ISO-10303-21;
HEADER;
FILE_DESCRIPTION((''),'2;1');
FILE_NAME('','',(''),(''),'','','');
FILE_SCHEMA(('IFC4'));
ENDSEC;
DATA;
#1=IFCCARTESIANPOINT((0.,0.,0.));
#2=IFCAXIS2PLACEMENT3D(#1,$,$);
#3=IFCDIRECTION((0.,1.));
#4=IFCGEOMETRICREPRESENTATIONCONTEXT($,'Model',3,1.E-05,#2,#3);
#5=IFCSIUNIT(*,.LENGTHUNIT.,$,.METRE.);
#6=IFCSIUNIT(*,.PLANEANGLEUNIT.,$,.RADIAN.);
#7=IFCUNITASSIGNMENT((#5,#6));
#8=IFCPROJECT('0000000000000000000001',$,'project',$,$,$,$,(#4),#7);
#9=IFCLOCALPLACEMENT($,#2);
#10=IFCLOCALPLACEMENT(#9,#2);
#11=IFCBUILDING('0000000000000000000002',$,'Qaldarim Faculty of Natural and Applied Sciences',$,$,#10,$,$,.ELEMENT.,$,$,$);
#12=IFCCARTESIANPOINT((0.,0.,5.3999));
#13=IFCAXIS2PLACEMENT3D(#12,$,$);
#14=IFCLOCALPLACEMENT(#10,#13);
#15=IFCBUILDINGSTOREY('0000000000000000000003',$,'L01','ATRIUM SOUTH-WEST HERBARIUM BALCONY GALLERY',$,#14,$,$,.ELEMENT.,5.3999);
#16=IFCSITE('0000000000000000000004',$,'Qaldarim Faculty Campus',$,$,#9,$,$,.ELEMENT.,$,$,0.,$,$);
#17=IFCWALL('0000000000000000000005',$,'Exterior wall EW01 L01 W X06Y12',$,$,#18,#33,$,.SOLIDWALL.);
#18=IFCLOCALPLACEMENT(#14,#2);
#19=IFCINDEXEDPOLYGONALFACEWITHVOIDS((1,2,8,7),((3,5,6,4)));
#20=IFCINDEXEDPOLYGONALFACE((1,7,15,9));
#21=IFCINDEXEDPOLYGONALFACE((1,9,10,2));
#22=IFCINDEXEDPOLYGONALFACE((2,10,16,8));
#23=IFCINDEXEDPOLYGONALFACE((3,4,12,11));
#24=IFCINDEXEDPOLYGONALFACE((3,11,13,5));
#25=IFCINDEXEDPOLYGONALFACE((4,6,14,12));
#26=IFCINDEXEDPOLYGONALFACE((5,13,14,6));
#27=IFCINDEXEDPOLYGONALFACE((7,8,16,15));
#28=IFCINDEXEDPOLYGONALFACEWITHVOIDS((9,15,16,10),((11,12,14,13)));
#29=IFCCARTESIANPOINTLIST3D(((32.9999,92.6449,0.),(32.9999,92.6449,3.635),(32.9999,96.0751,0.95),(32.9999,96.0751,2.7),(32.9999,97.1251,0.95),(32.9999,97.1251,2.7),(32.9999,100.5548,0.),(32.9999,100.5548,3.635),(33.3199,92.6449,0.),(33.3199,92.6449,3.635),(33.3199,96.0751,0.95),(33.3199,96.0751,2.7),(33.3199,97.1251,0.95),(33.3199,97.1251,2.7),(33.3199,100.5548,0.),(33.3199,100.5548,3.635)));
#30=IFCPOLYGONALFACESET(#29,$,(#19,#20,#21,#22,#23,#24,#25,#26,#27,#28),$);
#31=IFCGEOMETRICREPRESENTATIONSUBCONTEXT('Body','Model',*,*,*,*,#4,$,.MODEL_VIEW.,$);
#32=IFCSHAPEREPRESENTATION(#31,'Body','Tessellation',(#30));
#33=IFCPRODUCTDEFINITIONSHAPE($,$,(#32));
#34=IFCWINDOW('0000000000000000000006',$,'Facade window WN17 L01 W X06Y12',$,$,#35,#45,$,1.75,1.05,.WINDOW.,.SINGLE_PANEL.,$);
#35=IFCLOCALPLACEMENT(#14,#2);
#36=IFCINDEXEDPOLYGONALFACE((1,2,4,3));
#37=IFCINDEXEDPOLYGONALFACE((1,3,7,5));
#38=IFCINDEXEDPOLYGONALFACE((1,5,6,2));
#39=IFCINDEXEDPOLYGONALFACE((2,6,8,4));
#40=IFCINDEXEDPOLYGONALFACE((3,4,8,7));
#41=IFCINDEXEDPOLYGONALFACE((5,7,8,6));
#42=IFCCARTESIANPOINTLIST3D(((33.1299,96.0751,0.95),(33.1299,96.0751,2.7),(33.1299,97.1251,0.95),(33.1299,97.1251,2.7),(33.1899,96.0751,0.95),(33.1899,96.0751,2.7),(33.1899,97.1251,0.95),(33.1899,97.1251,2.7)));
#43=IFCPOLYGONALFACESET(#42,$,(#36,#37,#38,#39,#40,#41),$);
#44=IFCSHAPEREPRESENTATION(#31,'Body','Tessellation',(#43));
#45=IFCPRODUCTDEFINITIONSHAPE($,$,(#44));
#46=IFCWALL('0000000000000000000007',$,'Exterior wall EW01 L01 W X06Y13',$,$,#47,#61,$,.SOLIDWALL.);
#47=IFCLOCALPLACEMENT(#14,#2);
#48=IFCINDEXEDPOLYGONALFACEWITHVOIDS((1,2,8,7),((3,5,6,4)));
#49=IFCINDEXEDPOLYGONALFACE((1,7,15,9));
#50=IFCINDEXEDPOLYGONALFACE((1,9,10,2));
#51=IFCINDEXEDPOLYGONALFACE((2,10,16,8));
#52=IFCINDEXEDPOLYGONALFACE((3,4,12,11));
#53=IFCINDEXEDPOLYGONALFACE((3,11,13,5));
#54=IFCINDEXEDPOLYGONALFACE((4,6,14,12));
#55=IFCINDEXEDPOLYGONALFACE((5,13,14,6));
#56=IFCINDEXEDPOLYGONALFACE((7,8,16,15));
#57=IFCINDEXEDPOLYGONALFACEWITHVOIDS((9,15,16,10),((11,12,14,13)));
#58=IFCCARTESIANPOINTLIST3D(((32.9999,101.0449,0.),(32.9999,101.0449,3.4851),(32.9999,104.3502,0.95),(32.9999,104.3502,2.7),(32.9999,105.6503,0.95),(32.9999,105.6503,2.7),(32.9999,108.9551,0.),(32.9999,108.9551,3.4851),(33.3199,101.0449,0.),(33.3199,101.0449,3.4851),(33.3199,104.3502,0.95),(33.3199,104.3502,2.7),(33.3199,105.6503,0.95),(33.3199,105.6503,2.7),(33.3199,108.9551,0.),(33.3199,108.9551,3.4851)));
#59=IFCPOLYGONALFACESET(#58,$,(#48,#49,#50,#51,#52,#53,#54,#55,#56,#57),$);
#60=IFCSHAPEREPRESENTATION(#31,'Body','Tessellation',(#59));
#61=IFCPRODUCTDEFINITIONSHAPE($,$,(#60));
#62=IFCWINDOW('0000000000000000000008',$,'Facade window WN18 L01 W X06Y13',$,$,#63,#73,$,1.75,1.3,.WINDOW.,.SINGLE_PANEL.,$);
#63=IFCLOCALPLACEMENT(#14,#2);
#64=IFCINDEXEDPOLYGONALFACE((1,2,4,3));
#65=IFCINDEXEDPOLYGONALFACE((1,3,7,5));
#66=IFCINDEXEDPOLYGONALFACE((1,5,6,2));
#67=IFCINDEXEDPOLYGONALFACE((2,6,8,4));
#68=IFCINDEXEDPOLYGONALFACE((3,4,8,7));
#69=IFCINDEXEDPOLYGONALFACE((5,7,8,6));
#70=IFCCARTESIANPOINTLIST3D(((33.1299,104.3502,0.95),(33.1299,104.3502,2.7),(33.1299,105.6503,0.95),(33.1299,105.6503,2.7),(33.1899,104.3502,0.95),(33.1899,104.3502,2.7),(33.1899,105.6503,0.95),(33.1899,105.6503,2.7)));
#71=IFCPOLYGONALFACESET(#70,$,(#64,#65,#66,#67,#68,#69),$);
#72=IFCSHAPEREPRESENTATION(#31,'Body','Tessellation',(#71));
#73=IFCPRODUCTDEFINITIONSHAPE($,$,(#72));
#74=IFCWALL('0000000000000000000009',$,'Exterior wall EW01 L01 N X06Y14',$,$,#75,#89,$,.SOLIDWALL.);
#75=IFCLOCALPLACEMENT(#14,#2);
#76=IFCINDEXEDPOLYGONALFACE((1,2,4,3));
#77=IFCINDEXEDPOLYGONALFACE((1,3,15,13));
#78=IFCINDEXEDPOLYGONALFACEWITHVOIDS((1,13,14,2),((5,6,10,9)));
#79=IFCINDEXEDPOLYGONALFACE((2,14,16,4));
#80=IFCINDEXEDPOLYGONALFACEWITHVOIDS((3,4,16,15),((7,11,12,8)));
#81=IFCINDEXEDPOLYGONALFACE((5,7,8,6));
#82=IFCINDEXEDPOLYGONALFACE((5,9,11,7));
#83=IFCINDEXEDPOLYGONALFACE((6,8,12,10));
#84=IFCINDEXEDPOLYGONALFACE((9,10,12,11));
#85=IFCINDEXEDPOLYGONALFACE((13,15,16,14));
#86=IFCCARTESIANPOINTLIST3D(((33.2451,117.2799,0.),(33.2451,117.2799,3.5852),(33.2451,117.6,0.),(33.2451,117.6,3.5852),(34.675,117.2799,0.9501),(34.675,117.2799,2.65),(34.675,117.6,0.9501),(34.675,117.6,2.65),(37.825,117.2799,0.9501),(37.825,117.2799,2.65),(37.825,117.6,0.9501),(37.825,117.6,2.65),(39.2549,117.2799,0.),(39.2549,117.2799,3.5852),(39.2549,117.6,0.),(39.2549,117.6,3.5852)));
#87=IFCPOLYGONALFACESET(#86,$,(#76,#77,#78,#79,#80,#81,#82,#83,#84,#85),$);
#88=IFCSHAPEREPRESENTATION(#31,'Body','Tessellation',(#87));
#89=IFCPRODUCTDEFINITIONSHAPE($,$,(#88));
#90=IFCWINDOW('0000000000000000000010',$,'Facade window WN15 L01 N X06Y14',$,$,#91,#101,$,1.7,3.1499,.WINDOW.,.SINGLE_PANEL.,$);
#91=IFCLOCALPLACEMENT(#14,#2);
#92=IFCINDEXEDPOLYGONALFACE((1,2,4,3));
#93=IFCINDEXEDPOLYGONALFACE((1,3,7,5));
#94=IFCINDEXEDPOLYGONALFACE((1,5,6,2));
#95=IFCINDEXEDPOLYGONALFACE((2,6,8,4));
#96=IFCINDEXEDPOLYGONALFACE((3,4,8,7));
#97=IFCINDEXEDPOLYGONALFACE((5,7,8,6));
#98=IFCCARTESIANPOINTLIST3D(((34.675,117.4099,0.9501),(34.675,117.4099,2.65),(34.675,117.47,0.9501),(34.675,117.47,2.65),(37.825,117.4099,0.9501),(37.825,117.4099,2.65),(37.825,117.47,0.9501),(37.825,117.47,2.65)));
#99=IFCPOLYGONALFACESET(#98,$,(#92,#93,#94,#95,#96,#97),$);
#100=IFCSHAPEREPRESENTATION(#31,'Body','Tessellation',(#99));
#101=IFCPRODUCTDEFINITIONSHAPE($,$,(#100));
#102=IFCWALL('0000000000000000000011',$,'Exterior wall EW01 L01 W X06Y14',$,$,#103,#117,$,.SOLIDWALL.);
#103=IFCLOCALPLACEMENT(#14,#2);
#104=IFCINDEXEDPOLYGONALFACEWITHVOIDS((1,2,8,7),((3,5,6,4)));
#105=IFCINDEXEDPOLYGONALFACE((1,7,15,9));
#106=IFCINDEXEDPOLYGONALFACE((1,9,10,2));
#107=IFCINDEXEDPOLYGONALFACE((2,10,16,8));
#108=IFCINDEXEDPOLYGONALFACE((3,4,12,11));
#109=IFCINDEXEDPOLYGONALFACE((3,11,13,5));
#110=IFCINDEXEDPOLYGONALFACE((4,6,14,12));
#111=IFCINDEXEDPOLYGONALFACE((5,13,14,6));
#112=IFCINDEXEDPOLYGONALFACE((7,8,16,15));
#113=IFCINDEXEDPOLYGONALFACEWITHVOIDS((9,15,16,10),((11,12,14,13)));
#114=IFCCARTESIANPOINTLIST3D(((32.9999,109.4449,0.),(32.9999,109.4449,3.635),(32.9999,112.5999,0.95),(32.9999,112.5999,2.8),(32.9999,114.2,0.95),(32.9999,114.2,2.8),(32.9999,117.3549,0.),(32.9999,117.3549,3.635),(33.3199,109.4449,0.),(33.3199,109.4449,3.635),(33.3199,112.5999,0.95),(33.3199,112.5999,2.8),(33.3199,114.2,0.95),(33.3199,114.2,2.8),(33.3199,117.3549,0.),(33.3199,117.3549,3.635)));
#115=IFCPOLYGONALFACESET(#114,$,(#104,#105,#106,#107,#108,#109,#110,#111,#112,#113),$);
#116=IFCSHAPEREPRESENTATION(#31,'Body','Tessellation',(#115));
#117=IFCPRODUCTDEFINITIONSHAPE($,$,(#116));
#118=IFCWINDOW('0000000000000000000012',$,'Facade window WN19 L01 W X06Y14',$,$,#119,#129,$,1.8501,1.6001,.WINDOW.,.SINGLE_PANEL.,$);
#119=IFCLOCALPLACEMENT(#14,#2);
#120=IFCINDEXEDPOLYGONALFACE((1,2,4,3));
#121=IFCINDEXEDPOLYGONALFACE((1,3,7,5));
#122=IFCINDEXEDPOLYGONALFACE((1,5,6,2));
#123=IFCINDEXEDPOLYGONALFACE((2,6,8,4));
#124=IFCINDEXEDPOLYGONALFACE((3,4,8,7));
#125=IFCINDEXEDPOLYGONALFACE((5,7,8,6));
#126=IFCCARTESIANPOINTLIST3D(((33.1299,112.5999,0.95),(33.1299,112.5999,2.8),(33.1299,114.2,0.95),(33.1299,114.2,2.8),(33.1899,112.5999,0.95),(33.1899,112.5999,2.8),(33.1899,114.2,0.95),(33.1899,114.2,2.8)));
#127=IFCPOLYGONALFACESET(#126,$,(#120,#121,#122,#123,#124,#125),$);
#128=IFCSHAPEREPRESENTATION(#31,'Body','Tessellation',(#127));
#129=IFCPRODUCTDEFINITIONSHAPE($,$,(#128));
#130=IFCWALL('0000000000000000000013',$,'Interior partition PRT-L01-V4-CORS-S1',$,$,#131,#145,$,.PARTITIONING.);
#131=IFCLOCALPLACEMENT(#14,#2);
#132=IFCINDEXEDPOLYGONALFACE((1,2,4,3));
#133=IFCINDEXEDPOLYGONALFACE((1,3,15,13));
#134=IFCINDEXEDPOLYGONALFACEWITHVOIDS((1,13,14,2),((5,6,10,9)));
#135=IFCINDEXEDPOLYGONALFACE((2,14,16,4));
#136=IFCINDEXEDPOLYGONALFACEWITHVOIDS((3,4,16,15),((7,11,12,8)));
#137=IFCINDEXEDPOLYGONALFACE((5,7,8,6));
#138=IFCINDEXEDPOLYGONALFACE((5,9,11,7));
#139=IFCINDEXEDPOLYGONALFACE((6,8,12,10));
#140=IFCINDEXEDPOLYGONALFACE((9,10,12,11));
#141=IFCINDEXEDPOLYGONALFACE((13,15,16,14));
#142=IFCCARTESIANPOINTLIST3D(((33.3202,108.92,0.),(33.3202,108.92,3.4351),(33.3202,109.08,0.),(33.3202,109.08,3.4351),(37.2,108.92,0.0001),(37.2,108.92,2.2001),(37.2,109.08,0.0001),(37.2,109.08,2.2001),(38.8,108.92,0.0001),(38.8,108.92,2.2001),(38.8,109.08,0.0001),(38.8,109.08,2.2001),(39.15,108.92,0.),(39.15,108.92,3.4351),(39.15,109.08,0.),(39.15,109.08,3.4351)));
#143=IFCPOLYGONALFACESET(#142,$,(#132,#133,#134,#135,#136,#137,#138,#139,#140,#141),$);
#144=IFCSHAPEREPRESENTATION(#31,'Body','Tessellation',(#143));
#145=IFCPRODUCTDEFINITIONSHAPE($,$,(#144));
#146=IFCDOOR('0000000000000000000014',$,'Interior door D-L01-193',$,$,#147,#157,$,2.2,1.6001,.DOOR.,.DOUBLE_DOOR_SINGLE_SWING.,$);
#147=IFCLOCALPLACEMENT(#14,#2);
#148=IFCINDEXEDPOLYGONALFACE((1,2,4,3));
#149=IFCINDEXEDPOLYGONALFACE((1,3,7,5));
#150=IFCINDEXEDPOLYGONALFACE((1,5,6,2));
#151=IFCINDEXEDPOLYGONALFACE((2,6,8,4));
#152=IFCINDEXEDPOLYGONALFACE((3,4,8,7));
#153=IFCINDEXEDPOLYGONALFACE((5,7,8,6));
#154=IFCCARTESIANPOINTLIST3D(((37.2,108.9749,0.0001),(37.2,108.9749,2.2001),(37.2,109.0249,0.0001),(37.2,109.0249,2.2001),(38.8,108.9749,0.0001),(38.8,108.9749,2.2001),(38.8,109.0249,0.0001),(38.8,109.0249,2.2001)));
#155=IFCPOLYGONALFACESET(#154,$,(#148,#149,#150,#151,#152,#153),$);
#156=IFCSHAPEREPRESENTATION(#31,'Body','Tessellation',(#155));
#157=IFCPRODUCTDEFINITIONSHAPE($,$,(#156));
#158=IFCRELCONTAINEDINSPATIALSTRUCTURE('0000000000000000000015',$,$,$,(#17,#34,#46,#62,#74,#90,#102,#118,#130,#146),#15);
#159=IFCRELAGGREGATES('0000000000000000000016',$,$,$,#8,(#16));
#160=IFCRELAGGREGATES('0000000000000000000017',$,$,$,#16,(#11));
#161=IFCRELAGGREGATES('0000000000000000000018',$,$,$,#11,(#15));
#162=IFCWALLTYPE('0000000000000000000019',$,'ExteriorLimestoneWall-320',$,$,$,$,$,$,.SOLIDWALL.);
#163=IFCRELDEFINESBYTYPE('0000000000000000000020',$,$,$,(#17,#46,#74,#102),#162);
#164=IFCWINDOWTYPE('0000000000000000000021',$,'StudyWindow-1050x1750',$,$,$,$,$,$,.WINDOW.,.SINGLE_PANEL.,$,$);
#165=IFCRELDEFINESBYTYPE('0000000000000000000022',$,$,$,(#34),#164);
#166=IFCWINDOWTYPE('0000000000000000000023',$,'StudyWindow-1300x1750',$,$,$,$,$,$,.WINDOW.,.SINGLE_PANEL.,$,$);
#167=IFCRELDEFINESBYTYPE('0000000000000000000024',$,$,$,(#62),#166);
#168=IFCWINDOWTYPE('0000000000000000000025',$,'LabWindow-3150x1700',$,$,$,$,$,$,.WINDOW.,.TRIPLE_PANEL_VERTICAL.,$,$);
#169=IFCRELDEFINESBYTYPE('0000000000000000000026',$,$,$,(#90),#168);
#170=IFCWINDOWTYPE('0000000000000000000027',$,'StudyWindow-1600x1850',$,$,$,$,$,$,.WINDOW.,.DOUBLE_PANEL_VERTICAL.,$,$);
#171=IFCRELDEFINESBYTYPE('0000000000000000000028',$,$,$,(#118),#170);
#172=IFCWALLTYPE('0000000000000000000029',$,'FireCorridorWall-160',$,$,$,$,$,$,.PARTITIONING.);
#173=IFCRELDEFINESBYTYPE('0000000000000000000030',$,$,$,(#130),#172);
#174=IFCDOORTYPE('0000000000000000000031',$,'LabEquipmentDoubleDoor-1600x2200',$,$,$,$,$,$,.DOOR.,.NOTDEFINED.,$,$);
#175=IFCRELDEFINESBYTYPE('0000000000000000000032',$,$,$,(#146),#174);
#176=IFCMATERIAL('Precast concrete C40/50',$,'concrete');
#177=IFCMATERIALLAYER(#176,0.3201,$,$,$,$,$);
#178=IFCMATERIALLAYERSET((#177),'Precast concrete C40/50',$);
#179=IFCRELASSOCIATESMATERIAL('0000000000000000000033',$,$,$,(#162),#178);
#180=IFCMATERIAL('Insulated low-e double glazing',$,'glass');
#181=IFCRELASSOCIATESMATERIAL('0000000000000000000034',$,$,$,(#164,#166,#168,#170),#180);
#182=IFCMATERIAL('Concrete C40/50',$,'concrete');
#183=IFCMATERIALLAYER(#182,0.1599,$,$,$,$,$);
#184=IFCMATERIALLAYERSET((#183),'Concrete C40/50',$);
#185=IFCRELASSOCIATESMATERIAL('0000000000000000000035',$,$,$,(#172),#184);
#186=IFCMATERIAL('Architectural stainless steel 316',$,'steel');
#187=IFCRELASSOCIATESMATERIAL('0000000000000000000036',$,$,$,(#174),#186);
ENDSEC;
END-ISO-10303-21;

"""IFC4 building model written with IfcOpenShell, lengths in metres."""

from ifc_helpers import new_model, si_unit, direction, frame, frame_2d, origin, place, context, subcontext, project, spatial, rectangle, extrude, material, layer, layer_set, type_object, element, fill, save


model = new_model("IFC4")

# Units and contexts
model_context = context("Model", 3, precision=1e-05, world=origin(), true_north=direction((0.0, 1.0)))
body_context = subcontext(model_context, "Body", "Model", "MODEL_VIEW")
ifc_project = project(units=[si_unit("LENGTHUNIT", "METRE"), si_unit("PLANEANGLEUNIT", "RADIAN")], contexts=[model_context])

# Site, building, storey
site_placement = place(None, origin())
site = spatial("IfcSite", under=ifc_project, at=site_placement, Name="Qaldarim Faculty Campus", CompositionType="ELEMENT", RefElevation=0.0)
building_placement = place(site_placement, origin())
building = spatial("IfcBuilding", under=site, at=building_placement, Name="Qaldarim Faculty of Natural and Applied Sciences", CompositionType="ELEMENT")
storey_placement = place(building_placement, frame((0.0, 0.0, 5.3999)))
storey = spatial("IfcBuildingStorey", under=building, at=storey_placement, Name="L01", Description="ATRIUM SOUTH-WEST HERBARIUM BALCONY GALLERY", CompositionType="ELEMENT", Elevation=5.3999)

# Shared definitions
ifc_material_1 = material(Name="Concrete C40/50", Category="concrete")

# Walls, openings, windows
ifc_material_2 = material(Name="Precast concrete C40/50", Category="concrete")
ifc_layer_1 = layer(ifc_material_2, 0.3201)
ifc_layer_set_1 = layer_set([ifc_layer_1], Name="Precast concrete C40/50")
wall_type_1 = type_object("IfcWallType", Name="ExteriorLimestoneWall-320", PredefinedType="SOLIDWALL", material=ifc_layer_set_1)
wall_1_placement = place(storey_placement, frame((33.1599, 100.5549, 0.0), z_axis=(0.0, 0.0, 1.0), x_axis=(0.0, -1.0, 0.0)))
wall_1 = element("IfcWall", 1, at=wall_1_placement, inside=storey, type_object=wall_type_1, Name="Exterior wall EW01 L01 W X06Y12", PredefinedType="SOLIDWALL", context=body_context, shape_type="SweptSolid", body=[
    extrude(rectangle(XDim=7.9099, YDim=0.3201, at=frame_2d((3.9551, 0.0))), origin(), (0.0, 0.0, 1.0), 3.635),
])
opening_1_placement = place(wall_1_placement, frame((3.4299, 0.0, 0.95)))
opening_1 = element("IfcOpeningElement", 2, at=opening_1_placement, cuts=wall_1, PredefinedType="OPENING", context=body_context, shape_type="SweptSolid", body=[
    extrude(rectangle(XDim=1.05, YDim=1.75, at=frame_2d((0.5249, 0.875))), frame((0.0, 0.1699, 0.0), z_axis=(0.0, -1.0, 0.0), x_axis=(1.0, 0.0, 0.0)), (0.0, 0.0, 1.0), 0.3401),
])
ifc_material_3 = material(Name="Insulated low-e double glazing", Category="glass")
window_type_1 = type_object("IfcWindowType", Name="StudyWindow-1050x1750", PartitioningType="SINGLE_PANEL", PredefinedType="WINDOW", material=ifc_material_3)
window_1_placement = place(opening_1_placement, origin())
window_1 = element("IfcWindow", 3, at=window_1_placement, inside=storey, type_object=window_type_1, Name="Facade window WN17 L01 W X06Y12", OverallHeight=1.75, OverallWidth=1.05, PartitioningType="SINGLE_PANEL", PredefinedType="WINDOW", context=body_context, shape_type="SweptSolid", body=[
    extrude(rectangle(XDim=1.05, YDim=1.75, at=frame_2d((0.5249, 0.875))), frame((0.0, 0.03, 0.0), z_axis=(0.0, -1.0, 0.0), x_axis=(1.0, 0.0, 0.0)), (0.0, 0.0, 1.0), 0.0601),
])
fill(opening_1, window_1)
wall_2_placement = place(storey_placement, frame((33.1599, 108.9551, 0.0), z_axis=(0.0, 0.0, 1.0), x_axis=(0.0, -1.0, 0.0)))
wall_2 = element("IfcWall", 4, at=wall_2_placement, inside=storey, type_object=wall_type_1, Name="Exterior wall EW01 L01 W X06Y13", PredefinedType="SOLIDWALL", context=body_context, shape_type="SweptSolid", body=[
    extrude(rectangle(XDim=7.9102, YDim=0.3201, at=frame_2d((3.9551, 0.0))), origin(), (0.0, 0.0, 1.0), 3.4851),
])
opening_2_placement = place(wall_2_placement, frame((3.3049, 0.0, 0.95)))
opening_2 = element("IfcOpeningElement", 5, at=opening_2_placement, cuts=wall_2, PredefinedType="OPENING", context=body_context, shape_type="SweptSolid", body=[
    extrude(rectangle(XDim=1.3, YDim=1.75, at=frame_2d((0.6499, 0.875))), frame((0.0, 0.1699, 0.0), z_axis=(0.0, -1.0, 0.0), x_axis=(1.0, 0.0, 0.0)), (0.0, 0.0, 1.0), 0.3401),
])
window_type_2 = type_object("IfcWindowType", Name="StudyWindow-1300x1750", PartitioningType="SINGLE_PANEL", PredefinedType="WINDOW", material=ifc_material_3)
window_2_placement = place(opening_2_placement, origin())
window_2 = element("IfcWindow", 6, at=window_2_placement, inside=storey, type_object=window_type_2, Name="Facade window WN18 L01 W X06Y13", OverallHeight=1.75, OverallWidth=1.3, PartitioningType="SINGLE_PANEL", PredefinedType="WINDOW", context=body_context, shape_type="SweptSolid", body=[
    extrude(rectangle(XDim=1.3, YDim=1.75, at=frame_2d((0.6499, 0.875))), frame((0.0, 0.03, 0.0), z_axis=(0.0, -1.0, 0.0), x_axis=(1.0, 0.0, 0.0)), (0.0, 0.0, 1.0), 0.0601),
])
fill(opening_2, window_2)
wall_3_placement = place(storey_placement, frame((39.2549, 117.4399, 0.0), z_axis=(0.0, 0.0, 1.0), x_axis=(-1.0, 0.0, 0.0)))
wall_3 = element("IfcWall", 7, at=wall_3_placement, inside=storey, type_object=wall_type_1, Name="Exterior wall EW01 L01 N X06Y14", PredefinedType="SOLIDWALL", context=body_context, shape_type="SweptSolid", body=[
    extrude(rectangle(XDim=6.0098, YDim=0.3201, at=frame_2d((3.0049, 0.0))), origin(), (0.0, 0.0, 1.0), 3.5852),
])
opening_3_placement = place(wall_3_placement, frame((1.4299, 0.0, 0.95)))
opening_3 = element("IfcOpeningElement", 8, at=opening_3_placement, cuts=wall_3, PredefinedType="OPENING", context=body_context, shape_type="SweptSolid", body=[
    extrude(rectangle(XDim=3.1499, YDim=1.7, at=frame_2d((1.575, 0.8501))), frame((0.0, 0.1699, 0.0), z_axis=(0.0, -1.0, 0.0), x_axis=(1.0, 0.0, 0.0)), (0.0, 0.0, 1.0), 0.3401),
])
window_type_3 = type_object("IfcWindowType", Name="LabWindow-3150x1700", PartitioningType="TRIPLE_PANEL_VERTICAL", PredefinedType="WINDOW", material=ifc_material_3)
window_3_placement = place(opening_3_placement, origin())
window_3 = element("IfcWindow", 9, at=window_3_placement, inside=storey, type_object=window_type_3, Name="Facade window WN15 L01 N X06Y14", OverallHeight=1.7, OverallWidth=3.1499, PartitioningType="SINGLE_PANEL", PredefinedType="WINDOW", context=body_context, shape_type="SweptSolid", body=[
    extrude(rectangle(XDim=3.1499, YDim=1.7, at=frame_2d((1.575, 0.8501))), frame((0.0, 0.03, 0.0), z_axis=(0.0, -1.0, 0.0), x_axis=(1.0, 0.0, 0.0)), (0.0, 0.0, 1.0), 0.0601),
])
fill(opening_3, window_3)
wall_4_placement = place(storey_placement, frame((33.1599, 117.355, 0.0), z_axis=(0.0, 0.0, 1.0), x_axis=(0.0, -1.0, 0.0)))
wall_4 = element("IfcWall", 10, at=wall_4_placement, inside=storey, type_object=wall_type_1, Name="Exterior wall EW01 L01 W X06Y14", PredefinedType="SOLIDWALL", context=body_context, shape_type="SweptSolid", body=[
    extrude(rectangle(XDim=7.9099, YDim=0.3201, at=frame_2d((3.9551, 0.0))), origin(), (0.0, 0.0, 1.0), 3.635),
])
opening_4_placement = place(wall_4_placement, frame((3.155, 0.0, 0.95)))
opening_4 = element("IfcOpeningElement", 11, at=opening_4_placement, cuts=wall_4, PredefinedType="OPENING", context=body_context, shape_type="SweptSolid", body=[
    extrude(rectangle(XDim=1.6001, YDim=1.8501, at=frame_2d((0.8, 0.925))), frame((0.0, 0.1699, 0.0), z_axis=(0.0, -1.0, 0.0), x_axis=(1.0, 0.0, 0.0)), (0.0, 0.0, 1.0), 0.3401),
])
window_type_4 = type_object("IfcWindowType", Name="StudyWindow-1600x1850", PartitioningType="DOUBLE_PANEL_VERTICAL", PredefinedType="WINDOW", material=ifc_material_3)
window_4_placement = place(opening_4_placement, origin())
window_4 = element("IfcWindow", 12, at=window_4_placement, inside=storey, type_object=window_type_4, Name="Facade window WN19 L01 W X06Y14", OverallHeight=1.8501, OverallWidth=1.6001, PartitioningType="SINGLE_PANEL", PredefinedType="WINDOW", context=body_context, shape_type="SweptSolid", body=[
    extrude(rectangle(XDim=1.6001, YDim=1.8501, at=frame_2d((0.8, 0.925))), frame((0.0, 0.03, 0.0), z_axis=(0.0, -1.0, 0.0), x_axis=(1.0, 0.0, 0.0)), (0.0, 0.0, 1.0), 0.0601),
])
fill(opening_4, window_4)

# Wall, opening, door
ifc_layer_2 = layer(ifc_material_1, 0.1599)
ifc_layer_set_2 = layer_set([ifc_layer_2], Name="Concrete C40/50")
wall_type_2 = type_object("IfcWallType", Name="FireCorridorWall-160", PredefinedType="PARTITIONING", material=ifc_layer_set_2)
wall_5_placement = place(storey_placement, frame((33.3201, 109.0, 0.0), z_axis=(0.0, 0.0, 1.0), x_axis=(1.0, 0.0, 0.0)))
wall_5 = element("IfcWall", 13, at=wall_5_placement, inside=storey, type_object=wall_type_2, Name="Interior partition PRT-L01-V4-CORS-S1", PredefinedType="PARTITIONING", context=body_context, shape_type="SweptSolid", body=[
    extrude(rectangle(XDim=5.8298, YDim=0.1599, at=frame_2d((2.915, 0.0))), origin(), (0.0, 0.0, 1.0), 3.4351),
])
opening_5_placement = place(wall_5_placement, frame((3.8799, 0.0, 0.0)))
opening_5 = element("IfcOpeningElement", 14, at=opening_5_placement, cuts=wall_5, PredefinedType="OPENING", context=body_context, shape_type="SweptSolid", body=[
    extrude(rectangle(XDim=1.6001, YDim=2.2, at=frame_2d((0.8, 1.1001))), frame((0.0, 0.0898, 0.0), z_axis=(0.0, -1.0, 0.0), x_axis=(1.0, 0.0, 0.0)), (0.0, 0.0, 1.0), 0.1799),
])
ifc_material_4 = material(Name="Architectural stainless steel 316", Category="steel")
door_type = type_object("IfcDoorType", Name="LabEquipmentDoubleDoor-1600x2200", OperationType="NOTDEFINED", PredefinedType="DOOR", material=ifc_material_4)
door_placement = place(opening_5_placement, origin())
door = element("IfcDoor", 15, at=door_placement, inside=storey, type_object=door_type, Name="Interior door D-L01-193", OperationType="DOUBLE_DOOR_SINGLE_SWING", OverallHeight=2.2, OverallWidth=1.6001, PredefinedType="DOOR", context=body_context, shape_type="SweptSolid", body=[
    extrude(rectangle(XDim=1.6001, YDim=2.2, at=frame_2d((0.8, 1.1001))), frame((0.0, 0.0249, 0.0), z_axis=(0.0, -1.0, 0.0), x_axis=(1.0, 0.0, 0.0)), (0.0, 0.0, 1.0), 0.05),
])
fill(opening_5, door)

save(model, "model.ifc")
